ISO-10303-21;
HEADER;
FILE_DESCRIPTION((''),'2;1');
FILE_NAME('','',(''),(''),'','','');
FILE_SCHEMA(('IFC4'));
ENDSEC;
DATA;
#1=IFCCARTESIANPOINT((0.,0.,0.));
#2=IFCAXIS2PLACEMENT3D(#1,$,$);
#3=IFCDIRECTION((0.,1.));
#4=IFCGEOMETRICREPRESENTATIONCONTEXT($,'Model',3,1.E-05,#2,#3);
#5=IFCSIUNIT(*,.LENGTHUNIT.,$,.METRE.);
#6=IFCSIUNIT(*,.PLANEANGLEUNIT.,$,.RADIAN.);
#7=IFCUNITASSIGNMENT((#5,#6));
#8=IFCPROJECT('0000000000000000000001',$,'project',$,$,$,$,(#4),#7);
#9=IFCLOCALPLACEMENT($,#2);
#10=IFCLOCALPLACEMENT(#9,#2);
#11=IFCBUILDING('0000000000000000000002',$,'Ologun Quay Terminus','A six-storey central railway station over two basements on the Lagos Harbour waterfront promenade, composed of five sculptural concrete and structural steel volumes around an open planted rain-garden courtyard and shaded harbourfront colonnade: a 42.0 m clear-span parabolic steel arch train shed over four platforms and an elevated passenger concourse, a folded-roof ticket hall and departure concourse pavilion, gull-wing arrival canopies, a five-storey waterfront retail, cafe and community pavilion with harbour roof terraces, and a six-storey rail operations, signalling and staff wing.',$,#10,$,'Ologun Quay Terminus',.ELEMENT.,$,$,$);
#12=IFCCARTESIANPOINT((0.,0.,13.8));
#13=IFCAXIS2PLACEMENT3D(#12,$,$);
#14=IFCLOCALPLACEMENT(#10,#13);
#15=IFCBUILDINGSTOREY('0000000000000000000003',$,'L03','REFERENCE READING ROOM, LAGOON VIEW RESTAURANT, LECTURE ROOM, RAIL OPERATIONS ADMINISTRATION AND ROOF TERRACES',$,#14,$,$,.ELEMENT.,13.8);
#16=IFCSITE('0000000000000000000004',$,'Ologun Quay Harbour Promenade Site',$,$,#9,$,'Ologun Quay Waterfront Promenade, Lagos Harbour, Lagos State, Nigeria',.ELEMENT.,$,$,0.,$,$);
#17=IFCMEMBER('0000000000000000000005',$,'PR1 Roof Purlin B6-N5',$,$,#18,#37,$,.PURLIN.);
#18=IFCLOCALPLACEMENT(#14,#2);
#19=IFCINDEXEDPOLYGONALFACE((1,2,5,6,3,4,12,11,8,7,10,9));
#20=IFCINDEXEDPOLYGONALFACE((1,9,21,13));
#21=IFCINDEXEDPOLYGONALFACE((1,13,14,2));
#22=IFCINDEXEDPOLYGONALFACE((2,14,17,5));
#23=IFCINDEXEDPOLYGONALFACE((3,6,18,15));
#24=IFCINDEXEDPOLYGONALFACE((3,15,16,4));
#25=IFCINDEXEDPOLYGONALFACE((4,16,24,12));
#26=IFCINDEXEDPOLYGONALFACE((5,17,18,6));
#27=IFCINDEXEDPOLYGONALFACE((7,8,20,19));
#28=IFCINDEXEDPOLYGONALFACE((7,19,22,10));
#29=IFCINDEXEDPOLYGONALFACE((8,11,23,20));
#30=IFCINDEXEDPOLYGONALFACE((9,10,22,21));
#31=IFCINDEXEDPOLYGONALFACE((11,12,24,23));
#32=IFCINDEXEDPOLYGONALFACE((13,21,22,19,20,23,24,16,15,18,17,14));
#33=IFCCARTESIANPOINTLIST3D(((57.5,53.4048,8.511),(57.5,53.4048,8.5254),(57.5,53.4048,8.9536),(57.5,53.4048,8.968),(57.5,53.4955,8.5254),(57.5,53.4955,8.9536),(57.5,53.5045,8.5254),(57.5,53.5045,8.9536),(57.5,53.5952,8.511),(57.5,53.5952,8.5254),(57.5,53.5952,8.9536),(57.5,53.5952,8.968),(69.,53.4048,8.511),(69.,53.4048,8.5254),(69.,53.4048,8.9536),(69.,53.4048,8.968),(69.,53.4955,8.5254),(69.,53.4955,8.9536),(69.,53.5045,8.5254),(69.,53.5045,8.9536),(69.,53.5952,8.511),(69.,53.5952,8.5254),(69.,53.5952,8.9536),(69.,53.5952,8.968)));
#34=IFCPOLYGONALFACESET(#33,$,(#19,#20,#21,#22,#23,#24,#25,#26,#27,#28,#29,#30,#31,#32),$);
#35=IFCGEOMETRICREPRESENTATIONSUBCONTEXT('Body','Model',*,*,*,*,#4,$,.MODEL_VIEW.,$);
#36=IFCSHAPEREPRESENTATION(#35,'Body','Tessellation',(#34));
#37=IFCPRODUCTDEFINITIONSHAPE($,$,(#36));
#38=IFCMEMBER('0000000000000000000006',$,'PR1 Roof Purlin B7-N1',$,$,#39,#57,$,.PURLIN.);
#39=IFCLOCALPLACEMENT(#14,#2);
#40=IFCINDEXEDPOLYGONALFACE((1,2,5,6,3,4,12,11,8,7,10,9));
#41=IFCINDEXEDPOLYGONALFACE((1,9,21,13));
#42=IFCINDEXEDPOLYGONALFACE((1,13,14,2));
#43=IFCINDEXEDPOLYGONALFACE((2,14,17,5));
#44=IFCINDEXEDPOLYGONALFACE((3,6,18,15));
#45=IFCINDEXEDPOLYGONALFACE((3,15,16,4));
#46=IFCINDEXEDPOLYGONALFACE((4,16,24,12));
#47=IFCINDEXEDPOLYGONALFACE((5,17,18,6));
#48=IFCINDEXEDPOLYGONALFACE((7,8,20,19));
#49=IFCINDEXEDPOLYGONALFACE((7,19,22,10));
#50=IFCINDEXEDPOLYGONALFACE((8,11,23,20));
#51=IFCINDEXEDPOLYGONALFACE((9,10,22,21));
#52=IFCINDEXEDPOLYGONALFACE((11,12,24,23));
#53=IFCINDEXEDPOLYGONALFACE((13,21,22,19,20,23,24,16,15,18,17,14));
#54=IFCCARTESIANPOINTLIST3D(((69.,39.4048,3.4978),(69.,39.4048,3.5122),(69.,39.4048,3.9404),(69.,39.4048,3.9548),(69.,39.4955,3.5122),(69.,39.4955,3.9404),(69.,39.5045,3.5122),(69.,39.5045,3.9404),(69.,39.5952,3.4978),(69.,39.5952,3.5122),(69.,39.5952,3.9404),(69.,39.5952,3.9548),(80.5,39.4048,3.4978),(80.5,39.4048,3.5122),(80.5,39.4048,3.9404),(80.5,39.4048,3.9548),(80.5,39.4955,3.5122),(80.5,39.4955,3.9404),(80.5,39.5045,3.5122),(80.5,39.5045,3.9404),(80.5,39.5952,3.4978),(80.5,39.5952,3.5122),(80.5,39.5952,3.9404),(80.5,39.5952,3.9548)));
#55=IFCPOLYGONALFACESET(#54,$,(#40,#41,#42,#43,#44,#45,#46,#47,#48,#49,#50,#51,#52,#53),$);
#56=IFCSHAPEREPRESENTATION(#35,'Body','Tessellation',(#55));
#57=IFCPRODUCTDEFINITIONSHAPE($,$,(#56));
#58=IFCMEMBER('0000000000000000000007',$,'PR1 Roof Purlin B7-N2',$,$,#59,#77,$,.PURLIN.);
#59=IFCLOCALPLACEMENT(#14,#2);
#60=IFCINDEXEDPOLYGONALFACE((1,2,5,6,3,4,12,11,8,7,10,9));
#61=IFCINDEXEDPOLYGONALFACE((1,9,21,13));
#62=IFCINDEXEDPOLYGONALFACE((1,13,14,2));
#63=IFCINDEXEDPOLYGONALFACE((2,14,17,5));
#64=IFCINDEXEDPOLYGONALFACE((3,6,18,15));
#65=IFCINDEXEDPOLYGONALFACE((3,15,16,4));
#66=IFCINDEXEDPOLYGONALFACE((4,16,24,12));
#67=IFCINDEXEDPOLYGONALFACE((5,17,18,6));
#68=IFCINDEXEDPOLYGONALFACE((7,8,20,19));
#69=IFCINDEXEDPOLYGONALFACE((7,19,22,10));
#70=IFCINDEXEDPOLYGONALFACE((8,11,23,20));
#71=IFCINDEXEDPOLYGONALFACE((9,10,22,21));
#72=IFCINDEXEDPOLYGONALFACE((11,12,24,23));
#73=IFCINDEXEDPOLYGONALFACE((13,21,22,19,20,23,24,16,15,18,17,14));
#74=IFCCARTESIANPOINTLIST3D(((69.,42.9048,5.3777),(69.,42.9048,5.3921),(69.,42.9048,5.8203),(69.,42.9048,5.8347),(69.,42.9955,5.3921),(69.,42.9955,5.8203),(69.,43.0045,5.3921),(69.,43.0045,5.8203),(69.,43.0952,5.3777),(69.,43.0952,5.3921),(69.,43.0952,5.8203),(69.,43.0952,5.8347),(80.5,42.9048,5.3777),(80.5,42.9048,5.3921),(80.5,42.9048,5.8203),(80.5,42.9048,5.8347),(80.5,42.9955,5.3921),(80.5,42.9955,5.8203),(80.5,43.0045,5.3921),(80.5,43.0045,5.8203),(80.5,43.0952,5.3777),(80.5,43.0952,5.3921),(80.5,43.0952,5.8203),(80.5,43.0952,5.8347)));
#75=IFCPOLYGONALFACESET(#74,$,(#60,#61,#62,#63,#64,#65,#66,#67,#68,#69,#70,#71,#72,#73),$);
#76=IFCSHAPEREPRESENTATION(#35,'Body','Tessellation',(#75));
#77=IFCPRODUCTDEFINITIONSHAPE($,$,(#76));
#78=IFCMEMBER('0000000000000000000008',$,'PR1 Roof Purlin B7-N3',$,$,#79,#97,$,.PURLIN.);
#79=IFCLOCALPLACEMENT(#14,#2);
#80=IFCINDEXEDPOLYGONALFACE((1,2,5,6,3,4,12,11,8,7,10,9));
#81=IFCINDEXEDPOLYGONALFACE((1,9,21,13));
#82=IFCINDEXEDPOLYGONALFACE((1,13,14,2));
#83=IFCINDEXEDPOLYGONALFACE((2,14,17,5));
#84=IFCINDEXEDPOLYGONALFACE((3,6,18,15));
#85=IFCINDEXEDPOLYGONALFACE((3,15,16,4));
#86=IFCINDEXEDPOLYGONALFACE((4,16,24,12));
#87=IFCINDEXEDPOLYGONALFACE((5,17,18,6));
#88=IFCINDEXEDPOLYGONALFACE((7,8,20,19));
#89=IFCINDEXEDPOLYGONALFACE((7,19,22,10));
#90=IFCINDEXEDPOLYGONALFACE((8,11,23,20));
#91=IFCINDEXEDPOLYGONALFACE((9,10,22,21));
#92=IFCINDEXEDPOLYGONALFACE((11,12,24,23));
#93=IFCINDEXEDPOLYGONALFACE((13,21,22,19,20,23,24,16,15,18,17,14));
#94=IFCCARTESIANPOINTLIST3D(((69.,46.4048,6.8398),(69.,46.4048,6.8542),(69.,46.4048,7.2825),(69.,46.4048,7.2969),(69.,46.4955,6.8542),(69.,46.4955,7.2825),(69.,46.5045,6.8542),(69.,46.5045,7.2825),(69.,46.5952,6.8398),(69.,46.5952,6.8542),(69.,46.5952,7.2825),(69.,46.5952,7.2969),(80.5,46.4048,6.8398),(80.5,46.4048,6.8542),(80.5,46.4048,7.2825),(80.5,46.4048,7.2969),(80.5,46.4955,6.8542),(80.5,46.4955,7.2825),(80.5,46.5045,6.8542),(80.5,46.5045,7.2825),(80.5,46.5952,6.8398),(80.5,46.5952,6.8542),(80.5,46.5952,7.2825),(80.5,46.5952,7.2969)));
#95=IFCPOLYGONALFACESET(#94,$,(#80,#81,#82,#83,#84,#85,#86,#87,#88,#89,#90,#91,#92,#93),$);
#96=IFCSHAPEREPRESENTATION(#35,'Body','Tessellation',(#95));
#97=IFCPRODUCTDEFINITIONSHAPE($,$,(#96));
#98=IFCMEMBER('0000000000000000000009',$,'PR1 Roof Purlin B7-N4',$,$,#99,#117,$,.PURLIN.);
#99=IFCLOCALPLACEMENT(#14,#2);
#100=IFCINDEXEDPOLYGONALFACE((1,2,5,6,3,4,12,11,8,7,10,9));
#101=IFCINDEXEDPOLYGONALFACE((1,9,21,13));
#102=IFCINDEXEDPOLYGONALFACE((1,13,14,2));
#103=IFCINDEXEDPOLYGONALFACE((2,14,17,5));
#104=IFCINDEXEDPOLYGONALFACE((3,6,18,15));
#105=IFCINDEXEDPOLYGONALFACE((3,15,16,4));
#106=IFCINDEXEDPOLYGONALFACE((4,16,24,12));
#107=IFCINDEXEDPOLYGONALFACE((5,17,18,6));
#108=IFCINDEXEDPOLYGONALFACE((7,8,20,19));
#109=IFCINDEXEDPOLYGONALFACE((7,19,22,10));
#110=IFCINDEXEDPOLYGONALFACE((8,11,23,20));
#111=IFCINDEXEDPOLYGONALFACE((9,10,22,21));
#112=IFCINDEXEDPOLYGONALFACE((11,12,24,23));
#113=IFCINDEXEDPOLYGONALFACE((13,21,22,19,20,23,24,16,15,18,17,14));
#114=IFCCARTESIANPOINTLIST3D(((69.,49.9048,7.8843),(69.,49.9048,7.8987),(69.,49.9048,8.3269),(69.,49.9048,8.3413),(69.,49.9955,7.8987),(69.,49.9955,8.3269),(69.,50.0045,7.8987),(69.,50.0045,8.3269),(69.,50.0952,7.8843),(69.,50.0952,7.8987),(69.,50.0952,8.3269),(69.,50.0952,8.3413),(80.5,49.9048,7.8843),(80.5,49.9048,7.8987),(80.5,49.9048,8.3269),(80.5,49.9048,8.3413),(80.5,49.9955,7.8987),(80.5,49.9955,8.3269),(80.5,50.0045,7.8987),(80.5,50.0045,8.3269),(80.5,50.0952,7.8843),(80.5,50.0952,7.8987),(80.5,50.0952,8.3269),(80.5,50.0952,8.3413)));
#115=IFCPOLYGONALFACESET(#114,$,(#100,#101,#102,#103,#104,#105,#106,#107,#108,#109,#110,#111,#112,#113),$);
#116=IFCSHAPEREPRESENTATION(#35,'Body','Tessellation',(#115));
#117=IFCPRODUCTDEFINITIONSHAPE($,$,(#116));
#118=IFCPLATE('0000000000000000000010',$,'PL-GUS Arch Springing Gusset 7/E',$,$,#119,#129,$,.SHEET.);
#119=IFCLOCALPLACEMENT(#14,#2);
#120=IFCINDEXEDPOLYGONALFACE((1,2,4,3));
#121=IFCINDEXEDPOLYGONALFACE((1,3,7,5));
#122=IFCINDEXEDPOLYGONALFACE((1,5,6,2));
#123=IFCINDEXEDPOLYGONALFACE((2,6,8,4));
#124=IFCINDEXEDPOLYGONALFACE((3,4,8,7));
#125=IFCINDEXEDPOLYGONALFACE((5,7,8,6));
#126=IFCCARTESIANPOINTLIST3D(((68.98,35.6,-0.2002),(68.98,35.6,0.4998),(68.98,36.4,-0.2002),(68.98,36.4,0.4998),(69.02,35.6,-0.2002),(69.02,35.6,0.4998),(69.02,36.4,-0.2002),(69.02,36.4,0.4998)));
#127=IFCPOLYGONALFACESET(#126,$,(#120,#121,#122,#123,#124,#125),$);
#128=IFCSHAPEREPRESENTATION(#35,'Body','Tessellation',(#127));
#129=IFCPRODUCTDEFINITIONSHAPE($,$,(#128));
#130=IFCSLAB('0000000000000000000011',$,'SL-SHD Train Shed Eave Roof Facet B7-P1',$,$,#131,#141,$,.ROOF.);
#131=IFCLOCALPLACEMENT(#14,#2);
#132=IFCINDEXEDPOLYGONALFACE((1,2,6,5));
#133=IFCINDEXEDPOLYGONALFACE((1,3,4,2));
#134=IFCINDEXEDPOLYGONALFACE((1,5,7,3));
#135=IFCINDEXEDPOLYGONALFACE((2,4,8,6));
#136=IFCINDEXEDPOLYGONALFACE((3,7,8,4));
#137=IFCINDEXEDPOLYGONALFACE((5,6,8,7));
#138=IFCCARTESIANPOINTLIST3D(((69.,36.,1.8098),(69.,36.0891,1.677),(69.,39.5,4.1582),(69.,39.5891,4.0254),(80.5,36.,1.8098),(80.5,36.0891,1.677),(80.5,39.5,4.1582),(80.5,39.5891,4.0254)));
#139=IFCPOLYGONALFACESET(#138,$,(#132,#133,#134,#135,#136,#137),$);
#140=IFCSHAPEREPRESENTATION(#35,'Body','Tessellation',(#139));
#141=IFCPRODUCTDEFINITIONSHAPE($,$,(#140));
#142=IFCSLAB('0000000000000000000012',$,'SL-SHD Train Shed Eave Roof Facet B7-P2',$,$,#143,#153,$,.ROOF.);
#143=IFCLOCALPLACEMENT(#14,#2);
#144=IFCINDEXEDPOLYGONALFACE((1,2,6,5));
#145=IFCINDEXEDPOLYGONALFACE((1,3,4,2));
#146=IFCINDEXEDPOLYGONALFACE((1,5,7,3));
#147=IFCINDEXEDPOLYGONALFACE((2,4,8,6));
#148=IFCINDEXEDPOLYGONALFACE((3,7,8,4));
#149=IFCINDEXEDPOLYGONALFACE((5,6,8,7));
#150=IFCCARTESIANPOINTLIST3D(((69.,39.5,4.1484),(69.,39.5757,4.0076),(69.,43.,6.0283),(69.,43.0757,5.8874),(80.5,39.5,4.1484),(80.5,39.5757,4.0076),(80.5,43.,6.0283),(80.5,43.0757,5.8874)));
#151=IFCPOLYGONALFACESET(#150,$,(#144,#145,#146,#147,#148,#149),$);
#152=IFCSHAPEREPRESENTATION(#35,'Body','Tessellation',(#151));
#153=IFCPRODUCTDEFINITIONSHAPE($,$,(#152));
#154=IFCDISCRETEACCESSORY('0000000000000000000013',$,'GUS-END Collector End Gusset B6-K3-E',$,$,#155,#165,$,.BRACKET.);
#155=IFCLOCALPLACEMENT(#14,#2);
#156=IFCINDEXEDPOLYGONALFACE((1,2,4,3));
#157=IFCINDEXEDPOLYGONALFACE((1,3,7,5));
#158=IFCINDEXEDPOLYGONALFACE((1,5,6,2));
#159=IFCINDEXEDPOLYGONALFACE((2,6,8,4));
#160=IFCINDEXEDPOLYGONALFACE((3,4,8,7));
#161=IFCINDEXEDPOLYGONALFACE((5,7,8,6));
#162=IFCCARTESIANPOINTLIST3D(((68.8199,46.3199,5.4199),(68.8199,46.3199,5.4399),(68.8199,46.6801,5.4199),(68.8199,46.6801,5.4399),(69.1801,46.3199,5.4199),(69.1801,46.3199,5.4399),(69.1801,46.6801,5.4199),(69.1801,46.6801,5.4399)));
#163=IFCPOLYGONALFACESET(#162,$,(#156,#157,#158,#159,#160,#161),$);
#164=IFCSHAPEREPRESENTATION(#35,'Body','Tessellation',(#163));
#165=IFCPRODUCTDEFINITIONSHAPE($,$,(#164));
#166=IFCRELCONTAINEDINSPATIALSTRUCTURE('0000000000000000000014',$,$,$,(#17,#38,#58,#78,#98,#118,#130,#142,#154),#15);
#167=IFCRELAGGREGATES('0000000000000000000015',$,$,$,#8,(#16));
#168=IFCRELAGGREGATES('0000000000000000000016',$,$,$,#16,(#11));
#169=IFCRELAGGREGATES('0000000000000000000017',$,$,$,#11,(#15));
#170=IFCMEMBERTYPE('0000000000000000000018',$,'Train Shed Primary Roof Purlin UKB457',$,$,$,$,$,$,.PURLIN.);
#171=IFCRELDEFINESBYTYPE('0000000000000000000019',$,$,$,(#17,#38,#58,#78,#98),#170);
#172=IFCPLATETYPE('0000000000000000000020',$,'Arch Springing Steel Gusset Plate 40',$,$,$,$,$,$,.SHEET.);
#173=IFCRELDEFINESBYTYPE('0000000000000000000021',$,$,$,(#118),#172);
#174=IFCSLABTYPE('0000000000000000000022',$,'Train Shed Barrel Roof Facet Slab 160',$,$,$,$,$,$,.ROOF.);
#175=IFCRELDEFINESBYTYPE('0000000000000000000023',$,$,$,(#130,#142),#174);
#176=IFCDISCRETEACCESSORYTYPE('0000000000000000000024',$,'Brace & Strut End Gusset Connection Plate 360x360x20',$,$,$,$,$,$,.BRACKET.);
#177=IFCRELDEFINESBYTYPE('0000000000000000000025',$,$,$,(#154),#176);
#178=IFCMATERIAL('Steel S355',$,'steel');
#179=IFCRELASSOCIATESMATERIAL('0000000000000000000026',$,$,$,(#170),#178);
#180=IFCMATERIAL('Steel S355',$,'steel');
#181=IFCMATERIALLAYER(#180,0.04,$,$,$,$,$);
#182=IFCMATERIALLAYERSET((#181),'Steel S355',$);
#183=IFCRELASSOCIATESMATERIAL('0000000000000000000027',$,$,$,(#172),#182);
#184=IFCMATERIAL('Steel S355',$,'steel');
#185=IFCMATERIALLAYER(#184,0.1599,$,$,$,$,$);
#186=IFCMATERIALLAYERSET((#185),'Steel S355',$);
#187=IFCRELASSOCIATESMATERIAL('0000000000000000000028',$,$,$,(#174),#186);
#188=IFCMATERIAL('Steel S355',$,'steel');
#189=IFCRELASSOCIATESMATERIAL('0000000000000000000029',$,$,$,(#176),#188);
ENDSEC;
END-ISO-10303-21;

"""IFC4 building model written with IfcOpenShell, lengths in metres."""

from ifc_helpers import new_model, si_unit, direction, frame, origin, origin_2d, place, context, subcontext, project, spatial, polyline, rectangle, i_section, outline, extrude, material, layer, layer_set, material_profile, profile_set, type_object, element, save


model = new_model("IFC4")

# Units and contexts
model_context = context("Model", 3, precision=1e-05, world=origin(), true_north=direction((0.0, 1.0)))
body_context = subcontext(model_context, "Body", "Model", "MODEL_VIEW")
ifc_project = project(units=[si_unit("LENGTHUNIT", "METRE"), si_unit("PLANEANGLEUNIT", "RADIAN")], contexts=[model_context])

# Site, building, storey
site_placement = place(None, origin())
site = spatial("IfcSite", under=ifc_project, at=site_placement, Name="Ologun Quay Harbour Promenade Site", LongName="Ologun Quay Waterfront Promenade, Lagos Harbour, Lagos State, Nigeria", CompositionType="ELEMENT", RefElevation=0.0)
building_placement = place(site_placement, origin())
building = spatial("IfcBuilding", under=site, at=building_placement, Name="Ologun Quay Terminus", Description="A six-storey central railway station over two basements on the Lagos Harbour waterfront promenade, composed of five sculptural concrete and structural steel volumes around an open planted rain-garden courtyard and shaded harbourfront colonnade: a 42.0 m clear-span parabolic steel arch train shed over four platforms and an elevated passenger concourse, a folded-roof ticket hall and departure concourse pavilion, gull-wing arrival canopies, a five-storey waterfront retail, cafe and community pavilion with harbour roof terraces, and a six-storey rail operations, signalling and staff wing.", LongName="Ologun Quay Terminus", CompositionType="ELEMENT")
storey_placement = place(building_placement, frame((0.0, 0.0, 13.8)))
storey = spatial("IfcBuildingStorey", under=building, at=storey_placement, Name="L03", Description="REFERENCE READING ROOM, LAGOON VIEW RESTAURANT, LECTURE ROOM, RAIL OPERATIONS ADMINISTRATION AND ROOF TERRACES", CompositionType="ELEMENT", Elevation=13.8)

# Members
ifc_material_1 = material(Name="Steel S355", Category="steel")
ifc_material_profile_1 = material_profile(ifc_material_1, i_section(OverallWidth=0.1904, OverallDepth=0.457, WebThickness=0.009, FlangeThickness=0.0144, at=origin_2d()), Name="UKB 457x191x74")
ifc_profile_set_1 = profile_set([ifc_material_profile_1], Name="Steel S355")
member_type_1 = type_object("IfcMemberType", Name="Train Shed Primary Roof Purlin UKB457", PredefinedType="PURLIN", material=ifc_profile_set_1)
for number, where, z_axis, x_axis, name in (
    (1, (57.5, 53.5, 8.7395), (1.0, 0.0, 0.0), (0.0, 1.0, 0.0), "PR1 Roof Purlin B6-N5"),
    (2, (69.0, 39.5, 3.7263), (1.0, 0.0, 0.0), (0.0, 1.0, 0.0), "PR1 Roof Purlin B7-N1"),
    (3, (69.0, 43.0, 5.6062), (1.0, 0.0, 0.0), (0.0, 1.0, 0.0), "PR1 Roof Purlin B7-N2"),
    (4, (69.0, 46.5, 7.0684), (1.0, 0.0, 0.0), (0.0, 1.0, 0.0), "PR1 Roof Purlin B7-N3"),
    (5, (69.0, 50.0, 8.1128), (1.0, 0.0, 0.0), (0.0, 1.0, 0.0), "PR1 Roof Purlin B7-N4"),
):
    element("IfcMember", number, at=place(storey_placement, frame(where, z_axis=z_axis, x_axis=x_axis)), inside=storey, type_object=member_type_1, Name=name, PredefinedType="PURLIN", context=body_context, shape_type="SweptSolid", body=[
        extrude(i_section(OverallWidth=0.1904, OverallDepth=0.457, WebThickness=0.009, FlangeThickness=0.0144, at=origin_2d()), origin(), (0.0, 0.0, 1.0), 11.5),
    ])

# Plate
ifc_material_2 = material(Name="Steel S355", Category="steel")
ifc_layer_1 = layer(ifc_material_2, 0.04)
ifc_layer_set_1 = layer_set([ifc_layer_1], Name="Steel S355")
plate_type = type_object("IfcPlateType", Name="Arch Springing Steel Gusset Plate 40", PredefinedType="SHEET", material=ifc_layer_set_1)
plate_placement = place(storey_placement, frame((69.0, 36.0, -0.2002), z_axis=(0.0, 0.0, 1.0), x_axis=(0.0, 1.0, 0.0)))
element("IfcPlate", 6, at=plate_placement, inside=storey, type_object=plate_type, Name="PL-GUS Arch Springing Gusset 7/E", PredefinedType="SHEET", context=body_context, shape_type="SweptSolid", body=[
    extrude(rectangle(XDim=0.8, YDim=0.04, at=origin_2d()), origin(), (0.0, 0.0, 1.0), 0.7),
])

# Slabs
ifc_material_3 = material(Name="Steel S355", Category="steel")
ifc_layer_2 = layer(ifc_material_3, 0.1599)
ifc_layer_set_2 = layer_set([ifc_layer_2], Name="Steel S355")
slab_type = type_object("IfcSlabType", Name="Train Shed Barrel Roof Facet Slab 160", PredefinedType="ROOF", material=ifc_layer_set_2)
slab_1_placement = place(storey_placement, frame((69.0, 36.0, 1.8098), z_axis=(0.0, -0.557171, 0.830398), x_axis=(1.0, 0.0, 0.0)))
element("IfcSlab", 7, at=slab_1_placement, inside=storey, type_object=slab_type, Name="SL-SHD Train Shed Eave Roof Facet B7-P1", PredefinedType="ROOF", context=body_context, shape_type="SweptSolid", body=[
    extrude(outline(polyline([(0.0, 0.0), (11.5, 0.0), (11.5, 4.2148), (0.0, 4.2148), (0.0, 0.0)])), origin(), (0.0, 0.0, -1.0), 0.1599),
])
slab_2_placement = place(storey_placement, frame((69.0, 39.5, 4.1484), z_axis=(0.0, -0.473176, 0.880968), x_axis=(1.0, 0.0, 0.0)))
element("IfcSlab", 8, at=slab_2_placement, inside=storey, type_object=slab_type, Name="SL-SHD Train Shed Eave Roof Facet B7-P2", PredefinedType="ROOF", context=body_context, shape_type="SweptSolid", body=[
    extrude(outline(polyline([(0.0, 0.0), (11.5, 0.0), (11.5, 3.9729), (0.0, 3.9729), (0.0, 0.0)])), origin(), (0.0, 0.0, -1.0), 0.1599),
])

# Discrete accessory
ifc_material_4 = material(Name="Steel S355", Category="steel")
discrete_accessory_type = type_object("IfcDiscreteAccessoryType", Name="Brace & Strut End Gusset Connection Plate 360x360x20", PredefinedType="BRACKET", material=ifc_material_4)
discrete_accessory_placement = place(storey_placement, frame((69.0, 46.5, 5.4199), z_axis=(0.0, 0.0, 1.0), x_axis=(1.0, 0.0, 0.0)))
element("IfcDiscreteAccessory", 9, at=discrete_accessory_placement, inside=storey, type_object=discrete_accessory_type, Name="GUS-END Collector End Gusset B6-K3-E", PredefinedType="BRACKET", context=body_context, shape_type="SweptSolid", body=[
    extrude(rectangle(XDim=0.3601, YDim=0.3601, at=origin_2d()), origin(), (0.0, 0.0, 1.0), 0.02),
])

save(model, "model.ifc")
